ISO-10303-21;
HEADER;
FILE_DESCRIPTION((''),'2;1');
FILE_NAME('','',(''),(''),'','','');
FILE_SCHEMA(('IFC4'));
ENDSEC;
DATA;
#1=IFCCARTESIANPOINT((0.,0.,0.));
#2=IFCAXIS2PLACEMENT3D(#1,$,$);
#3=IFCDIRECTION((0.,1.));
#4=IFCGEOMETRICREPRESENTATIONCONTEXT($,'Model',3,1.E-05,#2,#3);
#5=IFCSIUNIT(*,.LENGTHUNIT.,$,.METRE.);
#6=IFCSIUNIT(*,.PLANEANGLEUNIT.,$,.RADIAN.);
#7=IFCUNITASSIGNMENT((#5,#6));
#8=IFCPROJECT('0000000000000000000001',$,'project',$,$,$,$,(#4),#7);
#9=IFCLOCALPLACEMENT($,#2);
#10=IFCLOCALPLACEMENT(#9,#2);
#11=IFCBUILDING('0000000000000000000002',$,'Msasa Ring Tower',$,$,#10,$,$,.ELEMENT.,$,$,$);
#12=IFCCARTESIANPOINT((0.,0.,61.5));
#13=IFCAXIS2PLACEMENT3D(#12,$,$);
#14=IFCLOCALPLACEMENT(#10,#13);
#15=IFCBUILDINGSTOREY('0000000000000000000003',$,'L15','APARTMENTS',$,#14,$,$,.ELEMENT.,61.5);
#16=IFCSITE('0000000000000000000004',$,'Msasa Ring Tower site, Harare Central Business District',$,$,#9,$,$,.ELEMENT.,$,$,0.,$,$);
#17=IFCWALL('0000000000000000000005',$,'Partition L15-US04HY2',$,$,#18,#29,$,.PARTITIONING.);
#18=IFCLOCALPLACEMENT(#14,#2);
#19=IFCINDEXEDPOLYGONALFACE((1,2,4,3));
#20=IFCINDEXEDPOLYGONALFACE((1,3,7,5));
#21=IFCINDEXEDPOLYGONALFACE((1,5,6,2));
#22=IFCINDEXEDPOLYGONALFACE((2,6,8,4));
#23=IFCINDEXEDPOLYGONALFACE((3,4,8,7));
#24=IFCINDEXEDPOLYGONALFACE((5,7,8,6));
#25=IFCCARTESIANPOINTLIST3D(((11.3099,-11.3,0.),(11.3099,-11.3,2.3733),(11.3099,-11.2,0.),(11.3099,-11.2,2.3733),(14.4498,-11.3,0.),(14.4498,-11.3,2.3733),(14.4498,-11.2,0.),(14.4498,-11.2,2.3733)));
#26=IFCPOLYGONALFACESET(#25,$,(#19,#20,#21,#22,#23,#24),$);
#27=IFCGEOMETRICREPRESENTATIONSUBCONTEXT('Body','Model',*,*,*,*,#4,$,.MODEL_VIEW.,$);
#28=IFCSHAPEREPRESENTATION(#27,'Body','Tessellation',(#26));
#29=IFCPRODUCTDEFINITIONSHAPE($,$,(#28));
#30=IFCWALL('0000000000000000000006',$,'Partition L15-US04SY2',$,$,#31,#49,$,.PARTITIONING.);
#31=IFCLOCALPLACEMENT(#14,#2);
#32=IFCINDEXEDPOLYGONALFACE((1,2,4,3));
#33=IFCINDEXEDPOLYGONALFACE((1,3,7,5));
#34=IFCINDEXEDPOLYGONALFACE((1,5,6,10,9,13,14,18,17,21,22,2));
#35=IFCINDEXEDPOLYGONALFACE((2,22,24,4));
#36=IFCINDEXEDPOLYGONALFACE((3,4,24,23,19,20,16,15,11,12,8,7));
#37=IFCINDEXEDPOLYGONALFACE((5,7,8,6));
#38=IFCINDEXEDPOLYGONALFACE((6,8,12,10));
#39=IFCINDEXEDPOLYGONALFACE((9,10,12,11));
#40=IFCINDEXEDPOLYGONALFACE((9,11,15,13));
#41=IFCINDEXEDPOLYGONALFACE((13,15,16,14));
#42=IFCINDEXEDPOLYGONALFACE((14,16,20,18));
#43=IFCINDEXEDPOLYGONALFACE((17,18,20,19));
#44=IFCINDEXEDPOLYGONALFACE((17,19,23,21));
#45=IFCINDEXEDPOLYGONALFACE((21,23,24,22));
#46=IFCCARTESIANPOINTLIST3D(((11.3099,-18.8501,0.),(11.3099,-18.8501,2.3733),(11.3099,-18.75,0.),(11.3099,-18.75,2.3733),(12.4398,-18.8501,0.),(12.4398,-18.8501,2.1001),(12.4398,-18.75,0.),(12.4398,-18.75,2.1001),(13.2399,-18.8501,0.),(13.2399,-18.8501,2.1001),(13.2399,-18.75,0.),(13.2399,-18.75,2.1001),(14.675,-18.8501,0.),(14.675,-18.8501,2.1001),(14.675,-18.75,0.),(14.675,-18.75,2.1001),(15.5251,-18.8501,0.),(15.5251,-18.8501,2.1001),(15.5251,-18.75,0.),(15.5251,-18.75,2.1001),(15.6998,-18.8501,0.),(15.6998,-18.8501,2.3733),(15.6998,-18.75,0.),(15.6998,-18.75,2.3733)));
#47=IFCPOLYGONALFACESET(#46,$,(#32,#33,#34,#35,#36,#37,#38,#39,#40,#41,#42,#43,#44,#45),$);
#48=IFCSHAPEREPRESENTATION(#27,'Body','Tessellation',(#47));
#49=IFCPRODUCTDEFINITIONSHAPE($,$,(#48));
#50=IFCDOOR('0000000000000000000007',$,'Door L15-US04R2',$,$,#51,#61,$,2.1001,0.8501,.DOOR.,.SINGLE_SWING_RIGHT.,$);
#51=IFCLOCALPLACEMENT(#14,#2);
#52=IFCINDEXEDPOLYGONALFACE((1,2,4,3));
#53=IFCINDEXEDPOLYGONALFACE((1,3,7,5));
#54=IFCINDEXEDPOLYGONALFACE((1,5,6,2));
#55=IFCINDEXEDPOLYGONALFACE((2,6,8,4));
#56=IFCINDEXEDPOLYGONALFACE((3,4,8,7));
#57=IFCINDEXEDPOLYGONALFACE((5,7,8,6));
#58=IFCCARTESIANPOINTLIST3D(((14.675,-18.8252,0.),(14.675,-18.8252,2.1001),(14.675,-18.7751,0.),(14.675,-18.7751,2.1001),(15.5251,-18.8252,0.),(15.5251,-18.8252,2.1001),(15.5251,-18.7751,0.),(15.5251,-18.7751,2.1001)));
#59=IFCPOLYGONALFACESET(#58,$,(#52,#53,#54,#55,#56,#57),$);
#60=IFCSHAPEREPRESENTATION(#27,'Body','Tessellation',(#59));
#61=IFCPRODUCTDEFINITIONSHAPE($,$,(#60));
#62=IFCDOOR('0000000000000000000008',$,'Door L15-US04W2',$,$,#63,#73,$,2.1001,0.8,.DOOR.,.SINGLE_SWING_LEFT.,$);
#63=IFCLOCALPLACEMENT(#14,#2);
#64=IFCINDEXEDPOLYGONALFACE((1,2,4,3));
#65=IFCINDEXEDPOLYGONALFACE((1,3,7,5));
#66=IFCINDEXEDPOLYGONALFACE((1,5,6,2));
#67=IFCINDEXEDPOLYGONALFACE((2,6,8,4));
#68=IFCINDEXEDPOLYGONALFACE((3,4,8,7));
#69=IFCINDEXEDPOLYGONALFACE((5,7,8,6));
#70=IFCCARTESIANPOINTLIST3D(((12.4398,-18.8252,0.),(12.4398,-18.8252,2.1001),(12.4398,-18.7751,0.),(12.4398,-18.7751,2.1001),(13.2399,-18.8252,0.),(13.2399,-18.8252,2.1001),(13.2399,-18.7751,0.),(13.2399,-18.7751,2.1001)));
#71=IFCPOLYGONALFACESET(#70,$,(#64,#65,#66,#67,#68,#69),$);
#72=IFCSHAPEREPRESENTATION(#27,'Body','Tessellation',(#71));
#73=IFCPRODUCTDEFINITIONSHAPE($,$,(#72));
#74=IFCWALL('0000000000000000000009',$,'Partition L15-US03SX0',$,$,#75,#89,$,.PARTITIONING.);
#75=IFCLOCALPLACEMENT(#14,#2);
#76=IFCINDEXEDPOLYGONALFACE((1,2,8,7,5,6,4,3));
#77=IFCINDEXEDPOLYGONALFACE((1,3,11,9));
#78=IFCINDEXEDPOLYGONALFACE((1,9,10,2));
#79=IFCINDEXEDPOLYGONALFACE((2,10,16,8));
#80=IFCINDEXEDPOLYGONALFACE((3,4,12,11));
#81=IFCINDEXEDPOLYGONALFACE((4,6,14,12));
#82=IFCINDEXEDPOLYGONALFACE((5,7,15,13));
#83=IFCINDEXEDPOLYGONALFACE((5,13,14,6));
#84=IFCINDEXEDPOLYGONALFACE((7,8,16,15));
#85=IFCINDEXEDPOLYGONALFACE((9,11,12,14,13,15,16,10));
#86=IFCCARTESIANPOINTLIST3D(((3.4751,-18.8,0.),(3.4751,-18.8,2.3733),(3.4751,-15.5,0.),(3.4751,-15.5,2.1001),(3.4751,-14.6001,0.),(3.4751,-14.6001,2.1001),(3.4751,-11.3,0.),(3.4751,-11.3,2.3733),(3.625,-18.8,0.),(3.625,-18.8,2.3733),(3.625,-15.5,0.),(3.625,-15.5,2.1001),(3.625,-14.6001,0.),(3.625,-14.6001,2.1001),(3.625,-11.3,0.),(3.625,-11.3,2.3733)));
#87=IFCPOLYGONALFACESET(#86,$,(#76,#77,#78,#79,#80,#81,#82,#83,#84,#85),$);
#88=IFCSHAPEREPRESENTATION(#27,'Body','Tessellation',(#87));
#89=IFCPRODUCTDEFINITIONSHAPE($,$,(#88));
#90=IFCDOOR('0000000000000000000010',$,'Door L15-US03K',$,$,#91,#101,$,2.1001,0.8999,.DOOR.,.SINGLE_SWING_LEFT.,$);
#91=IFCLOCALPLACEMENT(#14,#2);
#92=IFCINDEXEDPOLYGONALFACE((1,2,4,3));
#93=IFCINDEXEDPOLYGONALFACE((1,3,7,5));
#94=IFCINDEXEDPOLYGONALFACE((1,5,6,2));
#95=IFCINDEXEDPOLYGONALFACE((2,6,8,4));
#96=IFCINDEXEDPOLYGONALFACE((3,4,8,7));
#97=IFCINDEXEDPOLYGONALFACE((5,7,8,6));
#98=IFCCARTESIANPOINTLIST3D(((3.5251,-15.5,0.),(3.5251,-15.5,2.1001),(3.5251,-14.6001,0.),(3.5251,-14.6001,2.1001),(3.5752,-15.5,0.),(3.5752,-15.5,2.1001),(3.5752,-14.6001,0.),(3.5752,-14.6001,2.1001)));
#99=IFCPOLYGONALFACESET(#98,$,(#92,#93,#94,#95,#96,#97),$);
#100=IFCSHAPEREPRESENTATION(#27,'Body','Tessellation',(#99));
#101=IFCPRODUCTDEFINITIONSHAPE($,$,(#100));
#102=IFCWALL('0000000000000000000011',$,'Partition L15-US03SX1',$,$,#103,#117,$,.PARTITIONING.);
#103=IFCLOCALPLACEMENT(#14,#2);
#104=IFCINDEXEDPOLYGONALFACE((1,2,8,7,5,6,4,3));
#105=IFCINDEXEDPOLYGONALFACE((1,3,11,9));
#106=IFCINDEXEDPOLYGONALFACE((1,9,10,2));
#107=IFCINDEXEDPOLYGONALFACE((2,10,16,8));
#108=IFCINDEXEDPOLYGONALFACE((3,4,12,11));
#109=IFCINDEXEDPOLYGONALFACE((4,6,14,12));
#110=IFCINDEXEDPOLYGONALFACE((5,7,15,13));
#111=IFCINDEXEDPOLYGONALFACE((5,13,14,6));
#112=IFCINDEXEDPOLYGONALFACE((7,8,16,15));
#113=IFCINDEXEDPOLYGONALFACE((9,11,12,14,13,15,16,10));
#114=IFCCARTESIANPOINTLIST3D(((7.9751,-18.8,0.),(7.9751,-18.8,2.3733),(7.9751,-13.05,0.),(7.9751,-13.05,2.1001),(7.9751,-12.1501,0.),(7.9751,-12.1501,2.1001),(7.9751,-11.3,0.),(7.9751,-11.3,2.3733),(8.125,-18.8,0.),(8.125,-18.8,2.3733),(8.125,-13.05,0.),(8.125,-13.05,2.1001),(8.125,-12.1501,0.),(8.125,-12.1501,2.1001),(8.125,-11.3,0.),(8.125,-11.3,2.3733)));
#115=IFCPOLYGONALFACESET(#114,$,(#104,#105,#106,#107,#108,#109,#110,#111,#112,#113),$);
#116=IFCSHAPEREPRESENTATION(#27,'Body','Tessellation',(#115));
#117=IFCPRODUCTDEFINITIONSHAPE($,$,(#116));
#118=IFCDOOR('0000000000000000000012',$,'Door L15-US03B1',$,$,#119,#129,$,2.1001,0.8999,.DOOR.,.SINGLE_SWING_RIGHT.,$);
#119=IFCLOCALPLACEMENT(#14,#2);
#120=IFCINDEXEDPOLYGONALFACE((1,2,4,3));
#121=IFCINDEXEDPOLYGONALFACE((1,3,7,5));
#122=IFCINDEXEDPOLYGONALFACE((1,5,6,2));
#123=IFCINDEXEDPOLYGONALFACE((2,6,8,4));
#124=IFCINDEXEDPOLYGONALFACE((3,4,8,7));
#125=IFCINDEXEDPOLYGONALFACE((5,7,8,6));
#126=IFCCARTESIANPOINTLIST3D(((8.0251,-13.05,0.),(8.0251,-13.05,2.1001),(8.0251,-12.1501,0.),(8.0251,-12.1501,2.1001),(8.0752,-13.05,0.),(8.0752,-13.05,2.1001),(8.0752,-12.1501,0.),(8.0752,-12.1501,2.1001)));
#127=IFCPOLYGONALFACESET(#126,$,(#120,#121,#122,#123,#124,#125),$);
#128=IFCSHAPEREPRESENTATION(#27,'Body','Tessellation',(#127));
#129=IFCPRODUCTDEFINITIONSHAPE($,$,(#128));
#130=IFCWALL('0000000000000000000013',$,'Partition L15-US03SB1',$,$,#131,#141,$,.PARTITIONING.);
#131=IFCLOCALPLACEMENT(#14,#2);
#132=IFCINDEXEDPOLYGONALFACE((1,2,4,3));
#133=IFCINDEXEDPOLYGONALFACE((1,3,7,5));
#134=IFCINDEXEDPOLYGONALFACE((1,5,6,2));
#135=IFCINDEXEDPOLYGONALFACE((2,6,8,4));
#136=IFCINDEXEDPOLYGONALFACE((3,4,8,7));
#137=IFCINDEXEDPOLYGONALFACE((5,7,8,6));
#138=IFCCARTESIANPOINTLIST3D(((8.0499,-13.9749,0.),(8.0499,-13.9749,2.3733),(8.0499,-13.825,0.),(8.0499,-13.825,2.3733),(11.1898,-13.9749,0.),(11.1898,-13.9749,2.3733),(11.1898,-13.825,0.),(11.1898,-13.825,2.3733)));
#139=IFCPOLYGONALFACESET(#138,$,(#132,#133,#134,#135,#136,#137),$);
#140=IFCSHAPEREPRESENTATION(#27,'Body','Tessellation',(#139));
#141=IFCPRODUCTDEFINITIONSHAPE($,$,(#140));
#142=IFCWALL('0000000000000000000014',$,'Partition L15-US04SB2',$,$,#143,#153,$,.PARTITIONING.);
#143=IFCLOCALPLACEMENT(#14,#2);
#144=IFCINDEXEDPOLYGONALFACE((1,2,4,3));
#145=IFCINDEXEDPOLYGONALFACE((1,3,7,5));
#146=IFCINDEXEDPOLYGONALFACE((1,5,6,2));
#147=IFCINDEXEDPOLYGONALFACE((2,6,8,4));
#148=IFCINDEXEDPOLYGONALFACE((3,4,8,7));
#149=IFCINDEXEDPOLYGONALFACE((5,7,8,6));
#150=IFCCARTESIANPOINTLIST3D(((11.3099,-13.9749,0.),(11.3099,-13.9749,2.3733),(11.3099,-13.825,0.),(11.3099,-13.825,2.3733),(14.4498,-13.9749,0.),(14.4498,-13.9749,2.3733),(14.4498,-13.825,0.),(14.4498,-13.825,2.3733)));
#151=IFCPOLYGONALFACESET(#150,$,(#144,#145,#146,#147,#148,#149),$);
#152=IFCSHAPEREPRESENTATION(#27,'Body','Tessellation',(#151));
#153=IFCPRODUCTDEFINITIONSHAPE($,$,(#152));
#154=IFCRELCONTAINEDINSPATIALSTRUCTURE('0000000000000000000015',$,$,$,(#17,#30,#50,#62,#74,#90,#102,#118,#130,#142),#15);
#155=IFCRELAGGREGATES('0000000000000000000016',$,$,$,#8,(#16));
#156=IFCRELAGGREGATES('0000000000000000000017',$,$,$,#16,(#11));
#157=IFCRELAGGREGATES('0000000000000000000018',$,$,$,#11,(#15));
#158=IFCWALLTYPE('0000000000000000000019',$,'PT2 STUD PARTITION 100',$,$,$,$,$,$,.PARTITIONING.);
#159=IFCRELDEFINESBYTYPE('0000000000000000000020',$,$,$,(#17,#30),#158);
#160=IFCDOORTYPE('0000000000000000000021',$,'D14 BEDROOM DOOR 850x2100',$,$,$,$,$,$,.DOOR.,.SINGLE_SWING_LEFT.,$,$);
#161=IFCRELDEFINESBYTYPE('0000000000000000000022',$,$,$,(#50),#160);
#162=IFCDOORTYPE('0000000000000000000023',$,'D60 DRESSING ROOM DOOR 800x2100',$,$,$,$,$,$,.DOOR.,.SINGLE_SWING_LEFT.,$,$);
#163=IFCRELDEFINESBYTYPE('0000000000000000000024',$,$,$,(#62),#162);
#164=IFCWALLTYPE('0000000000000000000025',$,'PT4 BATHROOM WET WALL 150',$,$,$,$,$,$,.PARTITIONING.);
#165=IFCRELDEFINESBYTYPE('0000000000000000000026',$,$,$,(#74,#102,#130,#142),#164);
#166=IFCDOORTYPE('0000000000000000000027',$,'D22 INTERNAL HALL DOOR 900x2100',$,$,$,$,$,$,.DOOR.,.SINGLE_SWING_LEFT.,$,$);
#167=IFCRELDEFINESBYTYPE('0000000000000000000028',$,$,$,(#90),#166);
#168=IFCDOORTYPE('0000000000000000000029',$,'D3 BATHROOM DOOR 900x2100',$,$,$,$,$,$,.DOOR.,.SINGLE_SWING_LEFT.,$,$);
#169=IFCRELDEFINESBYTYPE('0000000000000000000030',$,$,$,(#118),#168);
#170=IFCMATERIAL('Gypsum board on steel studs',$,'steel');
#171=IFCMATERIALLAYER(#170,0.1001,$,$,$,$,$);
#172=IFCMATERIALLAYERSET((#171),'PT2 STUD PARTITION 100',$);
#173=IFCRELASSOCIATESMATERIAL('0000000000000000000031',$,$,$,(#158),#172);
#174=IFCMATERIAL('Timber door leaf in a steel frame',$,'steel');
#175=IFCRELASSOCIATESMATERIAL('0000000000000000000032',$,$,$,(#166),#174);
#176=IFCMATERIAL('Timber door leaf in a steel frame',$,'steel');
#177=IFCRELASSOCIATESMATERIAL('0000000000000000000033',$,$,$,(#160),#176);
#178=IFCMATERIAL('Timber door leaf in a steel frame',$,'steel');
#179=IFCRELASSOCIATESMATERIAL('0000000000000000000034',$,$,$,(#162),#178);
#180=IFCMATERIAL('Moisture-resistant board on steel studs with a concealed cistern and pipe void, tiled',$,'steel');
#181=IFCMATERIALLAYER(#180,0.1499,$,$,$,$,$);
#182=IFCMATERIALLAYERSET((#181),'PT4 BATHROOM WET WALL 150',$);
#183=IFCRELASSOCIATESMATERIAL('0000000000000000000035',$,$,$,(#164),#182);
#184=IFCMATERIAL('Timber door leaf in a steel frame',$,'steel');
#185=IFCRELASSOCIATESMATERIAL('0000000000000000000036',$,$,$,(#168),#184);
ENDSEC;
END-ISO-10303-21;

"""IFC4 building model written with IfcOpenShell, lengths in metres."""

from ifc_helpers import new_model, si_unit, direction, frame, frame_2d, origin, place, context, subcontext, project, spatial, rectangle, extrude, material, layer, layer_set, type_object, element, fill, save


model = new_model("IFC4")

# Units and contexts
model_context = context("Model", 3, precision=1e-05, world=origin(), true_north=direction((0.0, 1.0)))
body_context = subcontext(model_context, "Body", "Model", "MODEL_VIEW")
ifc_project = project(units=[si_unit("LENGTHUNIT", "METRE"), si_unit("PLANEANGLEUNIT", "RADIAN")], contexts=[model_context])

# Site, building, storey
site_placement = place(None, origin())
site = spatial("IfcSite", under=ifc_project, at=site_placement, Name="Msasa Ring Tower site, Harare Central Business District", CompositionType="ELEMENT", RefElevation=0.0)
building_placement = place(site_placement, origin())
building = spatial("IfcBuilding", under=site, at=building_placement, Name="Msasa Ring Tower", CompositionType="ELEMENT")
storey_placement = place(building_placement, frame((0.0, 0.0, 61.5)))
storey = spatial("IfcBuildingStorey", under=building, at=storey_placement, Name="L15", Description="APARTMENTS", CompositionType="ELEMENT", Elevation=61.5)

# Shared definitions
ifc_material_1 = material(Name="Gypsum board on steel studs", Category="steel")
ifc_layer_1 = layer(ifc_material_1, 0.1001)
ifc_layer_set_1 = layer_set([ifc_layer_1], Name="PT2 STUD PARTITION 100")
wall_type_1 = type_object("IfcWallType", Name="PT2 STUD PARTITION 100", PredefinedType="PARTITIONING", material=ifc_layer_set_1)

# Shared definitions
ifc_material_2 = material(Name="Timber door leaf in a steel frame", Category="steel")
door_type_1 = type_object("IfcDoorType", Name="D22 INTERNAL HALL DOOR 900x2100", OperationType="SINGLE_SWING_LEFT", PredefinedType="DOOR", material=ifc_material_2)

# Shared definitions
ifc_material_3 = material(Name="Timber door leaf in a steel frame", Category="steel")
door_type_2 = type_object("IfcDoorType", Name="D14 BEDROOM DOOR 850x2100", OperationType="SINGLE_SWING_LEFT", PredefinedType="DOOR", material=ifc_material_3)
ifc_material_4 = material(Name="Timber door leaf in a steel frame", Category="steel")
door_type_3 = type_object("IfcDoorType", Name="D60 DRESSING ROOM DOOR 800x2100", OperationType="SINGLE_SWING_LEFT", PredefinedType="DOOR", material=ifc_material_4)

# Wall
wall_1_placement = place(storey_placement, frame((11.3101, -11.25, 0.0), z_axis=(0.0, 0.0, 1.0), x_axis=(1.0, 0.0, 0.0)))
element("IfcWall", 1, at=wall_1_placement, inside=storey, type_object=wall_type_1, Name="Partition L15-US04HY2", PredefinedType="PARTITIONING", context=body_context, shape_type="SweptSolid", body=[
    extrude(rectangle(XDim=3.1399, YDim=0.1001, at=frame_2d((1.5698, 0.0))), origin(), (0.0, 0.0, 1.0), 2.3733),
])

# Wall, openings, doors
wall_2_placement = place(storey_placement, frame((11.3101, -18.8, 0.0), z_axis=(0.0, 0.0, 1.0), x_axis=(1.0, 0.0, 0.0)))
wall_2 = element("IfcWall", 2, at=wall_2_placement, inside=storey, type_object=wall_type_1, Name="Partition L15-US04SY2", PredefinedType="PARTITIONING", context=body_context, shape_type="SweptSolid", body=[
    extrude(rectangle(XDim=4.3899, YDim=0.1001, at=frame_2d((2.1948, 0.0))), origin(), (0.0, 0.0, 1.0), 2.3733),
])
opening_1_placement = place(wall_2_placement, frame((3.365, 0.0, 0.0)))
opening_1 = element("IfcOpeningElement", 3, at=opening_1_placement, cuts=wall_2, PredefinedType="OPENING", context=body_context, shape_type="SweptSolid", body=[
    extrude(rectangle(XDim=0.8501, YDim=2.1001, at=frame_2d((0.425, 1.05))), frame((0.0, 0.0601, 0.0), z_axis=(0.0, -1.0, 0.0), x_axis=(1.0, 0.0, 0.0)), (0.0, 0.0, 1.0), 0.1201),
])
opening_2_placement = place(wall_2_placement, frame((1.1299, 0.0, 0.0)))
opening_2 = element("IfcOpeningElement", 4, at=opening_2_placement, cuts=wall_2, PredefinedType="OPENING", context=body_context, shape_type="SweptSolid", body=[
    extrude(rectangle(XDim=0.8, YDim=2.1001, at=frame_2d((0.3999, 1.05))), frame((0.0, 0.0601, 0.0), z_axis=(0.0, -1.0, 0.0), x_axis=(1.0, 0.0, 0.0)), (0.0, 0.0, 1.0), 0.1201),
])
door_1_placement = place(opening_1_placement, origin())
door_1 = element("IfcDoor", 5, at=door_1_placement, inside=storey, type_object=door_type_2, Name="Door L15-US04R2", OperationType="SINGLE_SWING_RIGHT", OverallHeight=2.1001, OverallWidth=0.8501, PredefinedType="DOOR", context=body_context, shape_type="SweptSolid", body=[
    extrude(rectangle(XDim=0.8501, YDim=2.1001, at=frame_2d((0.425, 1.05))), frame((0.0, 0.0249, 0.0), z_axis=(0.0, -1.0, 0.0), x_axis=(1.0, 0.0, 0.0)), (0.0, 0.0, 1.0), 0.05),
])
fill(opening_1, door_1)
door_2_placement = place(opening_2_placement, origin())
door_2 = element("IfcDoor", 6, at=door_2_placement, inside=storey, type_object=door_type_3, Name="Door L15-US04W2", OperationType="SINGLE_SWING_LEFT", OverallHeight=2.1001, OverallWidth=0.8, PredefinedType="DOOR", context=body_context, shape_type="SweptSolid", body=[
    extrude(rectangle(XDim=0.8, YDim=2.1001, at=frame_2d((0.3999, 1.05))), frame((0.0, 0.0249, 0.0), z_axis=(0.0, -1.0, 0.0), x_axis=(1.0, 0.0, 0.0)), (0.0, 0.0, 1.0), 0.05),
])
fill(opening_2, door_2)

# Walls, openings, doors
ifc_material_5 = material(Name="Moisture-resistant board on steel studs with a concealed cistern and pipe void, tiled", Category="steel")
ifc_layer_2 = layer(ifc_material_5, 0.1499)
ifc_layer_set_2 = layer_set([ifc_layer_2], Name="PT4 BATHROOM WET WALL 150")
wall_type_2 = type_object("IfcWallType", Name="PT4 BATHROOM WET WALL 150", PredefinedType="PARTITIONING", material=ifc_layer_set_2)
wall_3_placement = place(storey_placement, frame((3.55, -18.8, 0.0), z_axis=(0.0, 0.0, 1.0), x_axis=(0.0, 1.0, 0.0)))
wall_3 = element("IfcWall", 7, at=wall_3_placement, inside=storey, type_object=wall_type_2, Name="Partition L15-US03SX0", PredefinedType="PARTITIONING", context=body_context, shape_type="SweptSolid", body=[
    extrude(rectangle(XDim=7.5, YDim=0.1499, at=frame_2d((3.75, 0.0))), origin(), (0.0, 0.0, 1.0), 2.3733),
])
opening_3_placement = place(wall_3_placement, frame((3.3, 0.0, 0.0)))
opening_3 = element("IfcOpeningElement", 8, at=opening_3_placement, cuts=wall_3, PredefinedType="OPENING", context=body_context, shape_type="SweptSolid", body=[
    extrude(rectangle(XDim=0.8999, YDim=2.1001, at=frame_2d((0.45, 1.05))), frame((0.0, 0.085, 0.0), z_axis=(0.0, -1.0, 0.0), x_axis=(1.0, 0.0, 0.0)), (0.0, 0.0, 1.0), 0.1699),
])
door_3_placement = place(opening_3_placement, origin())
door_3 = element("IfcDoor", 9, at=door_3_placement, inside=storey, type_object=door_type_1, Name="Door L15-US03K", OperationType="SINGLE_SWING_LEFT", OverallHeight=2.1001, OverallWidth=0.8999, PredefinedType="DOOR", context=body_context, shape_type="SweptSolid", body=[
    extrude(rectangle(XDim=0.8999, YDim=2.1001, at=frame_2d((0.45, 1.05))), frame((0.0, 0.0249, 0.0), z_axis=(0.0, -1.0, 0.0), x_axis=(1.0, 0.0, 0.0)), (0.0, 0.0, 1.0), 0.05),
])
fill(opening_3, door_3)
wall_4_placement = place(storey_placement, frame((8.05, -18.8, 0.0), z_axis=(0.0, 0.0, 1.0), x_axis=(0.0, 1.0, 0.0)))
wall_4 = element("IfcWall", 10, at=wall_4_placement, inside=storey, type_object=wall_type_2, Name="Partition L15-US03SX1", PredefinedType="PARTITIONING", context=body_context, shape_type="SweptSolid", body=[
    extrude(rectangle(XDim=7.5, YDim=0.1499, at=frame_2d((3.75, 0.0))), origin(), (0.0, 0.0, 1.0), 2.3733),
])
opening_4_placement = place(wall_4_placement, frame((5.75, 0.0, 0.0)))
opening_4 = element("IfcOpeningElement", 11, at=opening_4_placement, cuts=wall_4, PredefinedType="OPENING", context=body_context, shape_type="SweptSolid", body=[
    extrude(rectangle(XDim=0.8999, YDim=2.1001, at=frame_2d((0.45, 1.05))), frame((0.0, 0.085, 0.0), z_axis=(0.0, -1.0, 0.0), x_axis=(1.0, 0.0, 0.0)), (0.0, 0.0, 1.0), 0.1699),
])
ifc_material_6 = material(Name="Timber door leaf in a steel frame", Category="steel")
door_type_4 = type_object("IfcDoorType", Name="D3 BATHROOM DOOR 900x2100", OperationType="SINGLE_SWING_LEFT", PredefinedType="DOOR", material=ifc_material_6)
door_4_placement = place(opening_4_placement, origin())
door_4 = element("IfcDoor", 12, at=door_4_placement, inside=storey, type_object=door_type_4, Name="Door L15-US03B1", OperationType="SINGLE_SWING_RIGHT", OverallHeight=2.1001, OverallWidth=0.8999, PredefinedType="DOOR", context=body_context, shape_type="SweptSolid", body=[
    extrude(rectangle(XDim=0.8999, YDim=2.1001, at=frame_2d((0.45, 1.05))), frame((0.0, 0.0249, 0.0), z_axis=(0.0, -1.0, 0.0), x_axis=(1.0, 0.0, 0.0)), (0.0, 0.0, 1.0), 0.05),
])
fill(opening_4, door_4)

# Walls
for number, where, z_axis, x_axis, name in (
    (13, (8.05, -13.8999, 0.0), (0.0, 0.0, 1.0), (1.0, 0.0, 0.0), "Partition L15-US03SB1"),
    (14, (11.3101, -13.8999, 0.0), (0.0, 0.0, 1.0), (1.0, 0.0, 0.0), "Partition L15-US04SB2"),
):
    element("IfcWall", number, at=place(storey_placement, frame(where, z_axis=z_axis, x_axis=x_axis)), inside=storey, type_object=wall_type_2, Name=name, PredefinedType="PARTITIONING", context=body_context, shape_type="SweptSolid", body=[
        extrude(rectangle(XDim=3.1399, YDim=0.1499, at=frame_2d((1.5698, 0.0))), origin(), (0.0, 0.0, 1.0), 2.3733),
    ])

save(model, "model.ifc")
